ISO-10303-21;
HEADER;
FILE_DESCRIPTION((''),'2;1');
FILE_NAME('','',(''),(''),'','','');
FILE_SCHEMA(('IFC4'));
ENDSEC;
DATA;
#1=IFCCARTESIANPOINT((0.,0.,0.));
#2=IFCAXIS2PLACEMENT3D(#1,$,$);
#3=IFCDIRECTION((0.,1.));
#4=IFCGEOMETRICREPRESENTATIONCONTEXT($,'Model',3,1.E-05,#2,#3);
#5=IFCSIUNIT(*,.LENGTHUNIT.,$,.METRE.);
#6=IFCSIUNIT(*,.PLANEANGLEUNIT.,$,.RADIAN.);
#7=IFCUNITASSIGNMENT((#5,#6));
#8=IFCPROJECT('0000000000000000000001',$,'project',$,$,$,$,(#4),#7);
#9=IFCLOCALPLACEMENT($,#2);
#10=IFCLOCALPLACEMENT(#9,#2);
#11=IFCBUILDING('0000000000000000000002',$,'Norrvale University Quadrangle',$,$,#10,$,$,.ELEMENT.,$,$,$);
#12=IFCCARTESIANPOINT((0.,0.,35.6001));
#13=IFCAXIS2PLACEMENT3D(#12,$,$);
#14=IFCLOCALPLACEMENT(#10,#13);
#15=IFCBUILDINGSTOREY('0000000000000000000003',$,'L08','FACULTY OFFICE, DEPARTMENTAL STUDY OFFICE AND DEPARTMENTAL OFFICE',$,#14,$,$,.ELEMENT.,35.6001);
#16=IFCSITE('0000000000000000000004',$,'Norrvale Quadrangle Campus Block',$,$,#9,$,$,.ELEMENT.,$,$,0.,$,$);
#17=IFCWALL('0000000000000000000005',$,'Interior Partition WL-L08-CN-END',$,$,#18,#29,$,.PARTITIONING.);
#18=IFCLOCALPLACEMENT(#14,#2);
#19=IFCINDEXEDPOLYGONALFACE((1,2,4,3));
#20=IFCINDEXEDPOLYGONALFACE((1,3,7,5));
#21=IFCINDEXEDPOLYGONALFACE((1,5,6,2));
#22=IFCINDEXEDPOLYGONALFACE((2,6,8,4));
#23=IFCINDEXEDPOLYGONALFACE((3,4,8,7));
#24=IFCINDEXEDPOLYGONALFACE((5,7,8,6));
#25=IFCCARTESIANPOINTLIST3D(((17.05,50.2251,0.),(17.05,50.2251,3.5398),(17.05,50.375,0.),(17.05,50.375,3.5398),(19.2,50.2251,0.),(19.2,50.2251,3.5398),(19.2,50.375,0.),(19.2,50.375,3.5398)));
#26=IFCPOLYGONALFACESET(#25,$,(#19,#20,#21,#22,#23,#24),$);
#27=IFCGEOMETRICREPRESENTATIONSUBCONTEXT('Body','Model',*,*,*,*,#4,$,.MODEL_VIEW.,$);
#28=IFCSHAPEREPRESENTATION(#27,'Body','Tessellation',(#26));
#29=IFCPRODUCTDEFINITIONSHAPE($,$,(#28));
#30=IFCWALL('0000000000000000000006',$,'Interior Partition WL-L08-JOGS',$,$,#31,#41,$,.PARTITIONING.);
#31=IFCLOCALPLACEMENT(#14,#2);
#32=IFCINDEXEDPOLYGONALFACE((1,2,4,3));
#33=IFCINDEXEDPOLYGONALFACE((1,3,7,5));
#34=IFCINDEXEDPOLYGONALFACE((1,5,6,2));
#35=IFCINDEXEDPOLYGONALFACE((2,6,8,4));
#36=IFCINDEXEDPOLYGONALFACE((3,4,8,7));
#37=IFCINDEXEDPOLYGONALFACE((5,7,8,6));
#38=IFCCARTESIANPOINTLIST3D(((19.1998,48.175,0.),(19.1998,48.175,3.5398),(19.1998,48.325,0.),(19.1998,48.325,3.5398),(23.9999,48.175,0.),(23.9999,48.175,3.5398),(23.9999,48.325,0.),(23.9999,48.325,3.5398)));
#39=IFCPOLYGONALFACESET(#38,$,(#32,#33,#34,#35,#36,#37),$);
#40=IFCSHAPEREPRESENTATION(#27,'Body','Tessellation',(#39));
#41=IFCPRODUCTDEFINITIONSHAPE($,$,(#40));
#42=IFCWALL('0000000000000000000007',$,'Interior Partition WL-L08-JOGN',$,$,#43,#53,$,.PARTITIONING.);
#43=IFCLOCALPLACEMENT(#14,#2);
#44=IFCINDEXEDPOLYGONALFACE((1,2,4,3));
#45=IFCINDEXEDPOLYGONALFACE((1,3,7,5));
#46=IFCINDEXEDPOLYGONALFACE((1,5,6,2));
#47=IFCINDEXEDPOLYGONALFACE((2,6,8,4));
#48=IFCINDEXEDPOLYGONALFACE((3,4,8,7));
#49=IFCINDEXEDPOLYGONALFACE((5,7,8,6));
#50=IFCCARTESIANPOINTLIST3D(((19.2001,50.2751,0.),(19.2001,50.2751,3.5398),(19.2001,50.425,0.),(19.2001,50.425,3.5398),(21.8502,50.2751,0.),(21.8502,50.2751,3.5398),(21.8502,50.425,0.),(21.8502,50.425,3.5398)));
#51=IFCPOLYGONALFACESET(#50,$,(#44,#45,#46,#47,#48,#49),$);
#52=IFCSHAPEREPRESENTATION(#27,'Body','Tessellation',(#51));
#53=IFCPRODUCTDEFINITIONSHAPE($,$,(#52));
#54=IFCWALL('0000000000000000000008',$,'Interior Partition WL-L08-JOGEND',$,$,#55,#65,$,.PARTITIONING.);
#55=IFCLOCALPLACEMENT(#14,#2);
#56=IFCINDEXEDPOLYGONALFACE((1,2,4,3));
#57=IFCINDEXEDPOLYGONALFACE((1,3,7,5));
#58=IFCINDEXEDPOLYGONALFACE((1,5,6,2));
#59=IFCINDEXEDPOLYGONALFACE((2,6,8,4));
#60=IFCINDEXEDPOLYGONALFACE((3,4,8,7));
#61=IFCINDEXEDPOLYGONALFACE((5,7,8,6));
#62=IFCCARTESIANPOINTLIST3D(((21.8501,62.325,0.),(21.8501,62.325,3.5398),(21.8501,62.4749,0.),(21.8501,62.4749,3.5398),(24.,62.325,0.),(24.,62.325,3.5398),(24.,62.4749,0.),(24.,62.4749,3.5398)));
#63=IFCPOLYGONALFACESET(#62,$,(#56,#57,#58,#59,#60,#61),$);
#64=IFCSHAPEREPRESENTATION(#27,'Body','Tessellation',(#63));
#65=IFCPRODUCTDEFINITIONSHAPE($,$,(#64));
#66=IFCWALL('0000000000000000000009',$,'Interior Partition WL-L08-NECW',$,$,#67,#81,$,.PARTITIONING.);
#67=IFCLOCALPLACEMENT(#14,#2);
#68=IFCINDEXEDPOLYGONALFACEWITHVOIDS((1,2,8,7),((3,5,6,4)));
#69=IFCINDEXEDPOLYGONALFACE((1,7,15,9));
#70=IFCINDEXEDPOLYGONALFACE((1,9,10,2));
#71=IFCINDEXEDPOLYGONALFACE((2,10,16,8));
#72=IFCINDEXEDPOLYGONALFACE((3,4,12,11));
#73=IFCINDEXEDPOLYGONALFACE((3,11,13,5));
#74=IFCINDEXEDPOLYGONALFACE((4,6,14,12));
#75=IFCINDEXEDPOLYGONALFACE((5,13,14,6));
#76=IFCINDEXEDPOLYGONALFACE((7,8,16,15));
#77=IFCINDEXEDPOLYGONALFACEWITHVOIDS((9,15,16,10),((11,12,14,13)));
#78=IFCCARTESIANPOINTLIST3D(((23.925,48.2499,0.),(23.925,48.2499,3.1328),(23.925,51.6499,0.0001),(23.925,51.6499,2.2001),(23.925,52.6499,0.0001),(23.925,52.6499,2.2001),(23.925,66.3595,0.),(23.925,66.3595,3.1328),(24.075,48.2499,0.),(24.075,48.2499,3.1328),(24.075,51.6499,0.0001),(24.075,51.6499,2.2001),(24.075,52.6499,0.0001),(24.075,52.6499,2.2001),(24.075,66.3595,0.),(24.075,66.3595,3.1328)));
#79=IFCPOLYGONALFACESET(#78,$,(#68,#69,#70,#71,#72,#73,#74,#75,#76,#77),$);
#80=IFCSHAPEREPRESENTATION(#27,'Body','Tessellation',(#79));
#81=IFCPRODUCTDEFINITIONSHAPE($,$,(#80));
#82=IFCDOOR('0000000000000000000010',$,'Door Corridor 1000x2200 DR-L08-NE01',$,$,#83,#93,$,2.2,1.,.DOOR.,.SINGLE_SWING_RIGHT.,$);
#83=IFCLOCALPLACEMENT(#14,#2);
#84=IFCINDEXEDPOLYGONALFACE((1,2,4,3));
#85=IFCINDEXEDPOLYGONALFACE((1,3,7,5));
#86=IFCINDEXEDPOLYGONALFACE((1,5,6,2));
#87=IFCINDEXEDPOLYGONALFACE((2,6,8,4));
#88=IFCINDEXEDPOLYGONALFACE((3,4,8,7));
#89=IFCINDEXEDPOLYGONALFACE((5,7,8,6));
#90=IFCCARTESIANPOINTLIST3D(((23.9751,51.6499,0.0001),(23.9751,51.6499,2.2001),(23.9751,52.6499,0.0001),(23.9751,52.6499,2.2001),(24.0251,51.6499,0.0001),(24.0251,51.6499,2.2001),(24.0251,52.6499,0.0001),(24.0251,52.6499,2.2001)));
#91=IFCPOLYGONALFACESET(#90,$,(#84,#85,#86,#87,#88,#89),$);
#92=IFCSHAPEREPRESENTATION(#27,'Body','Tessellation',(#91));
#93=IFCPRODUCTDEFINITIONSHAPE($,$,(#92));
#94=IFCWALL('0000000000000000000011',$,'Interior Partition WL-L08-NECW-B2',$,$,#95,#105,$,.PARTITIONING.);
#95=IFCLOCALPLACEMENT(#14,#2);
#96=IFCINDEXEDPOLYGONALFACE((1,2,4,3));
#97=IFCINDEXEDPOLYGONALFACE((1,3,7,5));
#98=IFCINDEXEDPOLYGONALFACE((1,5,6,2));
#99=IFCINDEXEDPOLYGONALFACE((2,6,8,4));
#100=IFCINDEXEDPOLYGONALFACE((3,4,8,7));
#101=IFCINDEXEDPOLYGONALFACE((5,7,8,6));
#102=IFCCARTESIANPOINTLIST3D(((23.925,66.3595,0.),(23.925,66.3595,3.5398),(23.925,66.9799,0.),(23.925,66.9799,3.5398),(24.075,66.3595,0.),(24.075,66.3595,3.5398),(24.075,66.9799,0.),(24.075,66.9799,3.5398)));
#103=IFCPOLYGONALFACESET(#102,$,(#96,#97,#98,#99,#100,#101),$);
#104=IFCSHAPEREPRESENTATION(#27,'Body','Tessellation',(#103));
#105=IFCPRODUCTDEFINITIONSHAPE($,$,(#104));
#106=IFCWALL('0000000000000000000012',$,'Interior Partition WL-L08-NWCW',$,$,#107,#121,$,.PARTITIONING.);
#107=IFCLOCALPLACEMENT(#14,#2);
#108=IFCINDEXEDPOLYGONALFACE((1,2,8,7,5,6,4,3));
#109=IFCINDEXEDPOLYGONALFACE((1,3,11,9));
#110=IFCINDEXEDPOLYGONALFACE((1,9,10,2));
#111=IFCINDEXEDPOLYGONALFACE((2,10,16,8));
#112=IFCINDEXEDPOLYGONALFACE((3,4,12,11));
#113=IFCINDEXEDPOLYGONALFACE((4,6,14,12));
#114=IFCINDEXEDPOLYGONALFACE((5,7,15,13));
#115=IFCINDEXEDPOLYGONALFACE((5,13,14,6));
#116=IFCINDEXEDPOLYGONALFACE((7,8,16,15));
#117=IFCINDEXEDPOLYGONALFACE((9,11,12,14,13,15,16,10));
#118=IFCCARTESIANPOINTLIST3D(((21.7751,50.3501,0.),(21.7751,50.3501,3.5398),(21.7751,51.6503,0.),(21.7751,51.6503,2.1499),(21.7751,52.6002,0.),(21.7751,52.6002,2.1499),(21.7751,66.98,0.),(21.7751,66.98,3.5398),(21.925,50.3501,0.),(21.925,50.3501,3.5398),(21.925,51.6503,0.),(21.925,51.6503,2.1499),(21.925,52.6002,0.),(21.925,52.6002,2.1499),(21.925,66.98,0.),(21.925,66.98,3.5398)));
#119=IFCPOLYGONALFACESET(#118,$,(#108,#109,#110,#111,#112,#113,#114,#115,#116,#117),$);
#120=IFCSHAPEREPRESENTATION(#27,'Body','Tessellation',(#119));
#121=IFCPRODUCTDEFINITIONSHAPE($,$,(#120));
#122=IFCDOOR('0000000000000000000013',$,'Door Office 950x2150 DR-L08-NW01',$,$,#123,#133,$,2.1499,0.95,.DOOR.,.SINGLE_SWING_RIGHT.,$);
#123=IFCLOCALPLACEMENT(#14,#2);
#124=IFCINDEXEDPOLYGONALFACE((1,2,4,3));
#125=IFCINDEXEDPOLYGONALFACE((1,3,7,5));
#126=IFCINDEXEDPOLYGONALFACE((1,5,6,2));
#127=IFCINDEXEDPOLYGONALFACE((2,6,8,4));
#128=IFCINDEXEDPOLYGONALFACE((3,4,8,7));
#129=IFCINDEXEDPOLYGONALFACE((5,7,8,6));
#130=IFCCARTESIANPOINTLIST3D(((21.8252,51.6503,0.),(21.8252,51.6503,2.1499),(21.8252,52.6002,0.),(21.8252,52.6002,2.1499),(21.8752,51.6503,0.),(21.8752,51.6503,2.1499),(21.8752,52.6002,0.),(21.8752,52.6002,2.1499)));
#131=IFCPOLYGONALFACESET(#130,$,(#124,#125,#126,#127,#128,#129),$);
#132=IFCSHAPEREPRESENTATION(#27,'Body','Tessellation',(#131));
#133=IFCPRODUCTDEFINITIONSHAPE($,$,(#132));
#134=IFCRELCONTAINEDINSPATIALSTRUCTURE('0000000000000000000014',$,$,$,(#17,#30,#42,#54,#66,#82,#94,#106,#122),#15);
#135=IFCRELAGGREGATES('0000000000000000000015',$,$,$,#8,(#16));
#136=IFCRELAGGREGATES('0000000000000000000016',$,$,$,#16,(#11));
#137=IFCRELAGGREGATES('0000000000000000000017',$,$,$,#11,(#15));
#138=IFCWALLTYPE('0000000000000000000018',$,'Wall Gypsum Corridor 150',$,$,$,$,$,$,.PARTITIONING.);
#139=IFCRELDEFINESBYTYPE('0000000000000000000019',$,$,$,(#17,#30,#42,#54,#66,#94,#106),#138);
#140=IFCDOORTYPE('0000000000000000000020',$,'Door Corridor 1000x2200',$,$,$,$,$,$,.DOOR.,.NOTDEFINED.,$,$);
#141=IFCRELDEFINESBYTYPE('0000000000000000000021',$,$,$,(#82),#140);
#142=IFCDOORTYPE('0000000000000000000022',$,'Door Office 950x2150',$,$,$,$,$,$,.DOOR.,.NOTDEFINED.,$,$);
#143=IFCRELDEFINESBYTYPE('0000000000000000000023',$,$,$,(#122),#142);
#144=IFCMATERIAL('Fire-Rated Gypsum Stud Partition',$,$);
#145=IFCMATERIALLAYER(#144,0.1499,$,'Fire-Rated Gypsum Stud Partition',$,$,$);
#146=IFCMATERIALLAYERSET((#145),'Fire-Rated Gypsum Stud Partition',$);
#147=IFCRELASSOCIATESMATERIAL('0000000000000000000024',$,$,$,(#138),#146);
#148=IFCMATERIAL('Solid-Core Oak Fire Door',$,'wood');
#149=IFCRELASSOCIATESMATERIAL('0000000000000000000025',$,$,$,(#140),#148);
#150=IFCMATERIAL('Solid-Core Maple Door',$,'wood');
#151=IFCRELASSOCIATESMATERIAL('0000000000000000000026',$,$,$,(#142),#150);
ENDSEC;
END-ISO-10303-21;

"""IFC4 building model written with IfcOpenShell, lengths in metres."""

from ifc_helpers import new_model, si_unit, direction, frame, frame_2d, origin, place, context, subcontext, project, spatial, rectangle, extrude, material, layer, layer_set, type_object, element, fill, save


model = new_model("IFC4")

# Units and contexts
model_context = context("Model", 3, precision=1e-05, world=origin(), true_north=direction((0.0, 1.0)))
body_context = subcontext(model_context, "Body", "Model", "MODEL_VIEW")
ifc_project = project(units=[si_unit("LENGTHUNIT", "METRE"), si_unit("PLANEANGLEUNIT", "RADIAN")], contexts=[model_context])

# Site, building, storey
site_placement = place(None, origin())
site = spatial("IfcSite", under=ifc_project, at=site_placement, Name="Norrvale Quadrangle Campus Block", CompositionType="ELEMENT", RefElevation=0.0)
building_placement = place(site_placement, origin())
building = spatial("IfcBuilding", under=site, at=building_placement, Name="Norrvale University Quadrangle", CompositionType="ELEMENT")
storey_placement = place(building_placement, frame((0.0, 0.0, 35.6001)))
storey = spatial("IfcBuildingStorey", under=building, at=storey_placement, Name="L08", Description="FACULTY OFFICE, DEPARTMENTAL STUDY OFFICE AND DEPARTMENTAL OFFICE", CompositionType="ELEMENT", Elevation=35.6001)

# Walls
ifc_material_1 = material(Name="Fire-Rated Gypsum Stud Partition")
ifc_layer = layer(ifc_material_1, 0.1499, Name="Fire-Rated Gypsum Stud Partition")
ifc_layer_set = layer_set([ifc_layer], Name="Fire-Rated Gypsum Stud Partition")
wall_type = type_object("IfcWallType", Name="Wall Gypsum Corridor 150", PredefinedType="PARTITIONING", material=ifc_layer_set)
wall_1_placement = place(storey_placement, frame((17.05, 50.3, 0.0), z_axis=(0.0, 0.0, 1.0), x_axis=(1.0, 0.0, 0.0)))
element("IfcWall", 1, at=wall_1_placement, inside=storey, type_object=wall_type, Name="Interior Partition WL-L08-CN-END", PredefinedType="PARTITIONING", context=body_context, shape_type="SweptSolid", body=[
    extrude(rectangle(XDim=2.1499, YDim=0.1499, at=frame_2d((1.075, 0.0))), origin(), (0.0, 0.0, 1.0), 3.5398),
])
wall_2_placement = place(storey_placement, frame((19.2, 48.25, 0.0), z_axis=(0.0, 0.0, 1.0), x_axis=(1.0, 0.0, 0.0)))
element("IfcWall", 2, at=wall_2_placement, inside=storey, type_object=wall_type, Name="Interior Partition WL-L08-JOGS", PredefinedType="PARTITIONING", context=body_context, shape_type="SweptSolid", body=[
    extrude(rectangle(XDim=4.8, YDim=0.1499, at=frame_2d((2.3999, 0.0))), origin(), (0.0, 0.0, 1.0), 3.5398),
])
wall_3_placement = place(storey_placement, frame((19.2, 50.3501, 0.0), z_axis=(0.0, 0.0, 1.0), x_axis=(1.0, 0.0, 0.0)))
element("IfcWall", 3, at=wall_3_placement, inside=storey, type_object=wall_type, Name="Interior Partition WL-L08-JOGN", PredefinedType="PARTITIONING", context=body_context, shape_type="SweptSolid", body=[
    extrude(rectangle(XDim=2.6501, YDim=0.1499, at=frame_2d((1.3252, 0.0))), origin(), (0.0, 0.0, 1.0), 3.5398),
])
wall_4_placement = place(storey_placement, frame((21.8501, 62.3999, 0.0), z_axis=(0.0, 0.0, 1.0), x_axis=(1.0, 0.0, 0.0)))
element("IfcWall", 4, at=wall_4_placement, inside=storey, type_object=wall_type, Name="Interior Partition WL-L08-JOGEND", PredefinedType="PARTITIONING", context=body_context, shape_type="SweptSolid", body=[
    extrude(rectangle(XDim=2.1499, YDim=0.1499, at=frame_2d((1.075, 0.0))), origin(), (0.0, 0.0, 1.0), 3.5398),
])

# Wall, opening, door
wall_5_placement = place(storey_placement, frame((24.0, 48.25, 0.0), z_axis=(0.0, 0.0, 1.0), x_axis=(0.0, 1.0, 0.0)))
wall_5 = element("IfcWall", 5, at=wall_5_placement, inside=storey, type_object=wall_type, Name="Interior Partition WL-L08-NECW", PredefinedType="PARTITIONING", context=body_context, shape_type="SweptSolid", body=[
    extrude(rectangle(XDim=18.1096, YDim=0.1499, at=frame_2d((9.0547, 0.0))), origin(), (0.0, 0.0, 1.0), 3.1328),
])
opening_1_placement = place(wall_5_placement, frame((3.3999, 0.0, 0.0)))
opening_1 = element("IfcOpeningElement", 6, at=opening_1_placement, cuts=wall_5, PredefinedType="OPENING", context=body_context, shape_type="SweptSolid", body=[
    extrude(rectangle(XDim=1.0, YDim=2.2, at=frame_2d((0.5, 1.1001))), frame((0.0, 0.0869, 0.0), z_axis=(0.0, -1.0, 0.0), x_axis=(1.0, 0.0, 0.0)), (0.0, 0.0, 1.0), 0.1738),
])
ifc_material_2 = material(Name="Solid-Core Oak Fire Door", Category="wood")
door_type_1 = type_object("IfcDoorType", Name="Door Corridor 1000x2200", OperationType="NOTDEFINED", PredefinedType="DOOR", material=ifc_material_2)
door_1_placement = place(opening_1_placement, origin())
door_1 = element("IfcDoor", 7, at=door_1_placement, inside=storey, type_object=door_type_1, Name="Door Corridor 1000x2200 DR-L08-NE01", OperationType="SINGLE_SWING_RIGHT", OverallHeight=2.2, OverallWidth=1.0, PredefinedType="DOOR", context=body_context, shape_type="SweptSolid", body=[
    extrude(rectangle(XDim=1.0, YDim=2.2, at=frame_2d((0.5, 1.1001))), frame((0.0, 0.0249, 0.0), z_axis=(0.0, -1.0, 0.0), x_axis=(1.0, 0.0, 0.0)), (0.0, 0.0, 1.0), 0.05),
])
fill(opening_1, door_1)

# Wall
wall_6_placement = place(storey_placement, frame((24.0, 66.3596, 0.0), z_axis=(0.0, 0.0, 1.0), x_axis=(0.0, 1.0, 0.0)))
element("IfcWall", 8, at=wall_6_placement, inside=storey, type_object=wall_type, Name="Interior Partition WL-L08-NECW-B2", PredefinedType="PARTITIONING", context=body_context, shape_type="SweptSolid", body=[
    extrude(rectangle(XDim=0.6204, YDim=0.1499, at=frame_2d((0.3101, 0.0))), origin(), (0.0, 0.0, 1.0), 3.5398),
])

# Wall, opening, door
wall_7_placement = place(storey_placement, frame((21.8501, 50.3501, 0.0), z_axis=(0.0, 0.0, 1.0), x_axis=(0.0, 1.0, 0.0)))
wall_7 = element("IfcWall", 9, at=wall_7_placement, inside=storey, type_object=wall_type, Name="Interior Partition WL-L08-NWCW", PredefinedType="PARTITIONING", context=body_context, shape_type="SweptSolid", body=[
    extrude(rectangle(XDim=16.6299, YDim=0.1499, at=frame_2d((8.3149, 0.0))), origin(), (0.0, 0.0, 1.0), 3.5398),
])
opening_2_placement = place(wall_7_placement, frame((1.3, 0.0, 0.0)))
opening_2 = element("IfcOpeningElement", 10, at=opening_2_placement, cuts=wall_7, PredefinedType="OPENING", context=body_context, shape_type="SweptSolid", body=[
    extrude(rectangle(XDim=0.95, YDim=2.1499, at=frame_2d((0.4751, 1.075))), frame((0.0, 0.0869, 0.0), z_axis=(0.0, -1.0, 0.0), x_axis=(1.0, 0.0, 0.0)), (0.0, 0.0, 1.0), 0.1738),
])
ifc_material_3 = material(Name="Solid-Core Maple Door", Category="wood")
door_type_2 = type_object("IfcDoorType", Name="Door Office 950x2150", OperationType="NOTDEFINED", PredefinedType="DOOR", material=ifc_material_3)
door_2_placement = place(opening_2_placement, origin())
door_2 = element("IfcDoor", 11, at=door_2_placement, inside=storey, type_object=door_type_2, Name="Door Office 950x2150 DR-L08-NW01", OperationType="SINGLE_SWING_RIGHT", OverallHeight=2.1499, OverallWidth=0.95, PredefinedType="DOOR", context=body_context, shape_type="SweptSolid", body=[
    extrude(rectangle(XDim=0.95, YDim=2.1499, at=frame_2d((0.4751, 1.075))), frame((0.0, 0.0249, 0.0), z_axis=(0.0, -1.0, 0.0), x_axis=(1.0, 0.0, 0.0)), (0.0, 0.0, 1.0), 0.05),
])
fill(opening_2, door_2)

save(model, "model.ifc")
